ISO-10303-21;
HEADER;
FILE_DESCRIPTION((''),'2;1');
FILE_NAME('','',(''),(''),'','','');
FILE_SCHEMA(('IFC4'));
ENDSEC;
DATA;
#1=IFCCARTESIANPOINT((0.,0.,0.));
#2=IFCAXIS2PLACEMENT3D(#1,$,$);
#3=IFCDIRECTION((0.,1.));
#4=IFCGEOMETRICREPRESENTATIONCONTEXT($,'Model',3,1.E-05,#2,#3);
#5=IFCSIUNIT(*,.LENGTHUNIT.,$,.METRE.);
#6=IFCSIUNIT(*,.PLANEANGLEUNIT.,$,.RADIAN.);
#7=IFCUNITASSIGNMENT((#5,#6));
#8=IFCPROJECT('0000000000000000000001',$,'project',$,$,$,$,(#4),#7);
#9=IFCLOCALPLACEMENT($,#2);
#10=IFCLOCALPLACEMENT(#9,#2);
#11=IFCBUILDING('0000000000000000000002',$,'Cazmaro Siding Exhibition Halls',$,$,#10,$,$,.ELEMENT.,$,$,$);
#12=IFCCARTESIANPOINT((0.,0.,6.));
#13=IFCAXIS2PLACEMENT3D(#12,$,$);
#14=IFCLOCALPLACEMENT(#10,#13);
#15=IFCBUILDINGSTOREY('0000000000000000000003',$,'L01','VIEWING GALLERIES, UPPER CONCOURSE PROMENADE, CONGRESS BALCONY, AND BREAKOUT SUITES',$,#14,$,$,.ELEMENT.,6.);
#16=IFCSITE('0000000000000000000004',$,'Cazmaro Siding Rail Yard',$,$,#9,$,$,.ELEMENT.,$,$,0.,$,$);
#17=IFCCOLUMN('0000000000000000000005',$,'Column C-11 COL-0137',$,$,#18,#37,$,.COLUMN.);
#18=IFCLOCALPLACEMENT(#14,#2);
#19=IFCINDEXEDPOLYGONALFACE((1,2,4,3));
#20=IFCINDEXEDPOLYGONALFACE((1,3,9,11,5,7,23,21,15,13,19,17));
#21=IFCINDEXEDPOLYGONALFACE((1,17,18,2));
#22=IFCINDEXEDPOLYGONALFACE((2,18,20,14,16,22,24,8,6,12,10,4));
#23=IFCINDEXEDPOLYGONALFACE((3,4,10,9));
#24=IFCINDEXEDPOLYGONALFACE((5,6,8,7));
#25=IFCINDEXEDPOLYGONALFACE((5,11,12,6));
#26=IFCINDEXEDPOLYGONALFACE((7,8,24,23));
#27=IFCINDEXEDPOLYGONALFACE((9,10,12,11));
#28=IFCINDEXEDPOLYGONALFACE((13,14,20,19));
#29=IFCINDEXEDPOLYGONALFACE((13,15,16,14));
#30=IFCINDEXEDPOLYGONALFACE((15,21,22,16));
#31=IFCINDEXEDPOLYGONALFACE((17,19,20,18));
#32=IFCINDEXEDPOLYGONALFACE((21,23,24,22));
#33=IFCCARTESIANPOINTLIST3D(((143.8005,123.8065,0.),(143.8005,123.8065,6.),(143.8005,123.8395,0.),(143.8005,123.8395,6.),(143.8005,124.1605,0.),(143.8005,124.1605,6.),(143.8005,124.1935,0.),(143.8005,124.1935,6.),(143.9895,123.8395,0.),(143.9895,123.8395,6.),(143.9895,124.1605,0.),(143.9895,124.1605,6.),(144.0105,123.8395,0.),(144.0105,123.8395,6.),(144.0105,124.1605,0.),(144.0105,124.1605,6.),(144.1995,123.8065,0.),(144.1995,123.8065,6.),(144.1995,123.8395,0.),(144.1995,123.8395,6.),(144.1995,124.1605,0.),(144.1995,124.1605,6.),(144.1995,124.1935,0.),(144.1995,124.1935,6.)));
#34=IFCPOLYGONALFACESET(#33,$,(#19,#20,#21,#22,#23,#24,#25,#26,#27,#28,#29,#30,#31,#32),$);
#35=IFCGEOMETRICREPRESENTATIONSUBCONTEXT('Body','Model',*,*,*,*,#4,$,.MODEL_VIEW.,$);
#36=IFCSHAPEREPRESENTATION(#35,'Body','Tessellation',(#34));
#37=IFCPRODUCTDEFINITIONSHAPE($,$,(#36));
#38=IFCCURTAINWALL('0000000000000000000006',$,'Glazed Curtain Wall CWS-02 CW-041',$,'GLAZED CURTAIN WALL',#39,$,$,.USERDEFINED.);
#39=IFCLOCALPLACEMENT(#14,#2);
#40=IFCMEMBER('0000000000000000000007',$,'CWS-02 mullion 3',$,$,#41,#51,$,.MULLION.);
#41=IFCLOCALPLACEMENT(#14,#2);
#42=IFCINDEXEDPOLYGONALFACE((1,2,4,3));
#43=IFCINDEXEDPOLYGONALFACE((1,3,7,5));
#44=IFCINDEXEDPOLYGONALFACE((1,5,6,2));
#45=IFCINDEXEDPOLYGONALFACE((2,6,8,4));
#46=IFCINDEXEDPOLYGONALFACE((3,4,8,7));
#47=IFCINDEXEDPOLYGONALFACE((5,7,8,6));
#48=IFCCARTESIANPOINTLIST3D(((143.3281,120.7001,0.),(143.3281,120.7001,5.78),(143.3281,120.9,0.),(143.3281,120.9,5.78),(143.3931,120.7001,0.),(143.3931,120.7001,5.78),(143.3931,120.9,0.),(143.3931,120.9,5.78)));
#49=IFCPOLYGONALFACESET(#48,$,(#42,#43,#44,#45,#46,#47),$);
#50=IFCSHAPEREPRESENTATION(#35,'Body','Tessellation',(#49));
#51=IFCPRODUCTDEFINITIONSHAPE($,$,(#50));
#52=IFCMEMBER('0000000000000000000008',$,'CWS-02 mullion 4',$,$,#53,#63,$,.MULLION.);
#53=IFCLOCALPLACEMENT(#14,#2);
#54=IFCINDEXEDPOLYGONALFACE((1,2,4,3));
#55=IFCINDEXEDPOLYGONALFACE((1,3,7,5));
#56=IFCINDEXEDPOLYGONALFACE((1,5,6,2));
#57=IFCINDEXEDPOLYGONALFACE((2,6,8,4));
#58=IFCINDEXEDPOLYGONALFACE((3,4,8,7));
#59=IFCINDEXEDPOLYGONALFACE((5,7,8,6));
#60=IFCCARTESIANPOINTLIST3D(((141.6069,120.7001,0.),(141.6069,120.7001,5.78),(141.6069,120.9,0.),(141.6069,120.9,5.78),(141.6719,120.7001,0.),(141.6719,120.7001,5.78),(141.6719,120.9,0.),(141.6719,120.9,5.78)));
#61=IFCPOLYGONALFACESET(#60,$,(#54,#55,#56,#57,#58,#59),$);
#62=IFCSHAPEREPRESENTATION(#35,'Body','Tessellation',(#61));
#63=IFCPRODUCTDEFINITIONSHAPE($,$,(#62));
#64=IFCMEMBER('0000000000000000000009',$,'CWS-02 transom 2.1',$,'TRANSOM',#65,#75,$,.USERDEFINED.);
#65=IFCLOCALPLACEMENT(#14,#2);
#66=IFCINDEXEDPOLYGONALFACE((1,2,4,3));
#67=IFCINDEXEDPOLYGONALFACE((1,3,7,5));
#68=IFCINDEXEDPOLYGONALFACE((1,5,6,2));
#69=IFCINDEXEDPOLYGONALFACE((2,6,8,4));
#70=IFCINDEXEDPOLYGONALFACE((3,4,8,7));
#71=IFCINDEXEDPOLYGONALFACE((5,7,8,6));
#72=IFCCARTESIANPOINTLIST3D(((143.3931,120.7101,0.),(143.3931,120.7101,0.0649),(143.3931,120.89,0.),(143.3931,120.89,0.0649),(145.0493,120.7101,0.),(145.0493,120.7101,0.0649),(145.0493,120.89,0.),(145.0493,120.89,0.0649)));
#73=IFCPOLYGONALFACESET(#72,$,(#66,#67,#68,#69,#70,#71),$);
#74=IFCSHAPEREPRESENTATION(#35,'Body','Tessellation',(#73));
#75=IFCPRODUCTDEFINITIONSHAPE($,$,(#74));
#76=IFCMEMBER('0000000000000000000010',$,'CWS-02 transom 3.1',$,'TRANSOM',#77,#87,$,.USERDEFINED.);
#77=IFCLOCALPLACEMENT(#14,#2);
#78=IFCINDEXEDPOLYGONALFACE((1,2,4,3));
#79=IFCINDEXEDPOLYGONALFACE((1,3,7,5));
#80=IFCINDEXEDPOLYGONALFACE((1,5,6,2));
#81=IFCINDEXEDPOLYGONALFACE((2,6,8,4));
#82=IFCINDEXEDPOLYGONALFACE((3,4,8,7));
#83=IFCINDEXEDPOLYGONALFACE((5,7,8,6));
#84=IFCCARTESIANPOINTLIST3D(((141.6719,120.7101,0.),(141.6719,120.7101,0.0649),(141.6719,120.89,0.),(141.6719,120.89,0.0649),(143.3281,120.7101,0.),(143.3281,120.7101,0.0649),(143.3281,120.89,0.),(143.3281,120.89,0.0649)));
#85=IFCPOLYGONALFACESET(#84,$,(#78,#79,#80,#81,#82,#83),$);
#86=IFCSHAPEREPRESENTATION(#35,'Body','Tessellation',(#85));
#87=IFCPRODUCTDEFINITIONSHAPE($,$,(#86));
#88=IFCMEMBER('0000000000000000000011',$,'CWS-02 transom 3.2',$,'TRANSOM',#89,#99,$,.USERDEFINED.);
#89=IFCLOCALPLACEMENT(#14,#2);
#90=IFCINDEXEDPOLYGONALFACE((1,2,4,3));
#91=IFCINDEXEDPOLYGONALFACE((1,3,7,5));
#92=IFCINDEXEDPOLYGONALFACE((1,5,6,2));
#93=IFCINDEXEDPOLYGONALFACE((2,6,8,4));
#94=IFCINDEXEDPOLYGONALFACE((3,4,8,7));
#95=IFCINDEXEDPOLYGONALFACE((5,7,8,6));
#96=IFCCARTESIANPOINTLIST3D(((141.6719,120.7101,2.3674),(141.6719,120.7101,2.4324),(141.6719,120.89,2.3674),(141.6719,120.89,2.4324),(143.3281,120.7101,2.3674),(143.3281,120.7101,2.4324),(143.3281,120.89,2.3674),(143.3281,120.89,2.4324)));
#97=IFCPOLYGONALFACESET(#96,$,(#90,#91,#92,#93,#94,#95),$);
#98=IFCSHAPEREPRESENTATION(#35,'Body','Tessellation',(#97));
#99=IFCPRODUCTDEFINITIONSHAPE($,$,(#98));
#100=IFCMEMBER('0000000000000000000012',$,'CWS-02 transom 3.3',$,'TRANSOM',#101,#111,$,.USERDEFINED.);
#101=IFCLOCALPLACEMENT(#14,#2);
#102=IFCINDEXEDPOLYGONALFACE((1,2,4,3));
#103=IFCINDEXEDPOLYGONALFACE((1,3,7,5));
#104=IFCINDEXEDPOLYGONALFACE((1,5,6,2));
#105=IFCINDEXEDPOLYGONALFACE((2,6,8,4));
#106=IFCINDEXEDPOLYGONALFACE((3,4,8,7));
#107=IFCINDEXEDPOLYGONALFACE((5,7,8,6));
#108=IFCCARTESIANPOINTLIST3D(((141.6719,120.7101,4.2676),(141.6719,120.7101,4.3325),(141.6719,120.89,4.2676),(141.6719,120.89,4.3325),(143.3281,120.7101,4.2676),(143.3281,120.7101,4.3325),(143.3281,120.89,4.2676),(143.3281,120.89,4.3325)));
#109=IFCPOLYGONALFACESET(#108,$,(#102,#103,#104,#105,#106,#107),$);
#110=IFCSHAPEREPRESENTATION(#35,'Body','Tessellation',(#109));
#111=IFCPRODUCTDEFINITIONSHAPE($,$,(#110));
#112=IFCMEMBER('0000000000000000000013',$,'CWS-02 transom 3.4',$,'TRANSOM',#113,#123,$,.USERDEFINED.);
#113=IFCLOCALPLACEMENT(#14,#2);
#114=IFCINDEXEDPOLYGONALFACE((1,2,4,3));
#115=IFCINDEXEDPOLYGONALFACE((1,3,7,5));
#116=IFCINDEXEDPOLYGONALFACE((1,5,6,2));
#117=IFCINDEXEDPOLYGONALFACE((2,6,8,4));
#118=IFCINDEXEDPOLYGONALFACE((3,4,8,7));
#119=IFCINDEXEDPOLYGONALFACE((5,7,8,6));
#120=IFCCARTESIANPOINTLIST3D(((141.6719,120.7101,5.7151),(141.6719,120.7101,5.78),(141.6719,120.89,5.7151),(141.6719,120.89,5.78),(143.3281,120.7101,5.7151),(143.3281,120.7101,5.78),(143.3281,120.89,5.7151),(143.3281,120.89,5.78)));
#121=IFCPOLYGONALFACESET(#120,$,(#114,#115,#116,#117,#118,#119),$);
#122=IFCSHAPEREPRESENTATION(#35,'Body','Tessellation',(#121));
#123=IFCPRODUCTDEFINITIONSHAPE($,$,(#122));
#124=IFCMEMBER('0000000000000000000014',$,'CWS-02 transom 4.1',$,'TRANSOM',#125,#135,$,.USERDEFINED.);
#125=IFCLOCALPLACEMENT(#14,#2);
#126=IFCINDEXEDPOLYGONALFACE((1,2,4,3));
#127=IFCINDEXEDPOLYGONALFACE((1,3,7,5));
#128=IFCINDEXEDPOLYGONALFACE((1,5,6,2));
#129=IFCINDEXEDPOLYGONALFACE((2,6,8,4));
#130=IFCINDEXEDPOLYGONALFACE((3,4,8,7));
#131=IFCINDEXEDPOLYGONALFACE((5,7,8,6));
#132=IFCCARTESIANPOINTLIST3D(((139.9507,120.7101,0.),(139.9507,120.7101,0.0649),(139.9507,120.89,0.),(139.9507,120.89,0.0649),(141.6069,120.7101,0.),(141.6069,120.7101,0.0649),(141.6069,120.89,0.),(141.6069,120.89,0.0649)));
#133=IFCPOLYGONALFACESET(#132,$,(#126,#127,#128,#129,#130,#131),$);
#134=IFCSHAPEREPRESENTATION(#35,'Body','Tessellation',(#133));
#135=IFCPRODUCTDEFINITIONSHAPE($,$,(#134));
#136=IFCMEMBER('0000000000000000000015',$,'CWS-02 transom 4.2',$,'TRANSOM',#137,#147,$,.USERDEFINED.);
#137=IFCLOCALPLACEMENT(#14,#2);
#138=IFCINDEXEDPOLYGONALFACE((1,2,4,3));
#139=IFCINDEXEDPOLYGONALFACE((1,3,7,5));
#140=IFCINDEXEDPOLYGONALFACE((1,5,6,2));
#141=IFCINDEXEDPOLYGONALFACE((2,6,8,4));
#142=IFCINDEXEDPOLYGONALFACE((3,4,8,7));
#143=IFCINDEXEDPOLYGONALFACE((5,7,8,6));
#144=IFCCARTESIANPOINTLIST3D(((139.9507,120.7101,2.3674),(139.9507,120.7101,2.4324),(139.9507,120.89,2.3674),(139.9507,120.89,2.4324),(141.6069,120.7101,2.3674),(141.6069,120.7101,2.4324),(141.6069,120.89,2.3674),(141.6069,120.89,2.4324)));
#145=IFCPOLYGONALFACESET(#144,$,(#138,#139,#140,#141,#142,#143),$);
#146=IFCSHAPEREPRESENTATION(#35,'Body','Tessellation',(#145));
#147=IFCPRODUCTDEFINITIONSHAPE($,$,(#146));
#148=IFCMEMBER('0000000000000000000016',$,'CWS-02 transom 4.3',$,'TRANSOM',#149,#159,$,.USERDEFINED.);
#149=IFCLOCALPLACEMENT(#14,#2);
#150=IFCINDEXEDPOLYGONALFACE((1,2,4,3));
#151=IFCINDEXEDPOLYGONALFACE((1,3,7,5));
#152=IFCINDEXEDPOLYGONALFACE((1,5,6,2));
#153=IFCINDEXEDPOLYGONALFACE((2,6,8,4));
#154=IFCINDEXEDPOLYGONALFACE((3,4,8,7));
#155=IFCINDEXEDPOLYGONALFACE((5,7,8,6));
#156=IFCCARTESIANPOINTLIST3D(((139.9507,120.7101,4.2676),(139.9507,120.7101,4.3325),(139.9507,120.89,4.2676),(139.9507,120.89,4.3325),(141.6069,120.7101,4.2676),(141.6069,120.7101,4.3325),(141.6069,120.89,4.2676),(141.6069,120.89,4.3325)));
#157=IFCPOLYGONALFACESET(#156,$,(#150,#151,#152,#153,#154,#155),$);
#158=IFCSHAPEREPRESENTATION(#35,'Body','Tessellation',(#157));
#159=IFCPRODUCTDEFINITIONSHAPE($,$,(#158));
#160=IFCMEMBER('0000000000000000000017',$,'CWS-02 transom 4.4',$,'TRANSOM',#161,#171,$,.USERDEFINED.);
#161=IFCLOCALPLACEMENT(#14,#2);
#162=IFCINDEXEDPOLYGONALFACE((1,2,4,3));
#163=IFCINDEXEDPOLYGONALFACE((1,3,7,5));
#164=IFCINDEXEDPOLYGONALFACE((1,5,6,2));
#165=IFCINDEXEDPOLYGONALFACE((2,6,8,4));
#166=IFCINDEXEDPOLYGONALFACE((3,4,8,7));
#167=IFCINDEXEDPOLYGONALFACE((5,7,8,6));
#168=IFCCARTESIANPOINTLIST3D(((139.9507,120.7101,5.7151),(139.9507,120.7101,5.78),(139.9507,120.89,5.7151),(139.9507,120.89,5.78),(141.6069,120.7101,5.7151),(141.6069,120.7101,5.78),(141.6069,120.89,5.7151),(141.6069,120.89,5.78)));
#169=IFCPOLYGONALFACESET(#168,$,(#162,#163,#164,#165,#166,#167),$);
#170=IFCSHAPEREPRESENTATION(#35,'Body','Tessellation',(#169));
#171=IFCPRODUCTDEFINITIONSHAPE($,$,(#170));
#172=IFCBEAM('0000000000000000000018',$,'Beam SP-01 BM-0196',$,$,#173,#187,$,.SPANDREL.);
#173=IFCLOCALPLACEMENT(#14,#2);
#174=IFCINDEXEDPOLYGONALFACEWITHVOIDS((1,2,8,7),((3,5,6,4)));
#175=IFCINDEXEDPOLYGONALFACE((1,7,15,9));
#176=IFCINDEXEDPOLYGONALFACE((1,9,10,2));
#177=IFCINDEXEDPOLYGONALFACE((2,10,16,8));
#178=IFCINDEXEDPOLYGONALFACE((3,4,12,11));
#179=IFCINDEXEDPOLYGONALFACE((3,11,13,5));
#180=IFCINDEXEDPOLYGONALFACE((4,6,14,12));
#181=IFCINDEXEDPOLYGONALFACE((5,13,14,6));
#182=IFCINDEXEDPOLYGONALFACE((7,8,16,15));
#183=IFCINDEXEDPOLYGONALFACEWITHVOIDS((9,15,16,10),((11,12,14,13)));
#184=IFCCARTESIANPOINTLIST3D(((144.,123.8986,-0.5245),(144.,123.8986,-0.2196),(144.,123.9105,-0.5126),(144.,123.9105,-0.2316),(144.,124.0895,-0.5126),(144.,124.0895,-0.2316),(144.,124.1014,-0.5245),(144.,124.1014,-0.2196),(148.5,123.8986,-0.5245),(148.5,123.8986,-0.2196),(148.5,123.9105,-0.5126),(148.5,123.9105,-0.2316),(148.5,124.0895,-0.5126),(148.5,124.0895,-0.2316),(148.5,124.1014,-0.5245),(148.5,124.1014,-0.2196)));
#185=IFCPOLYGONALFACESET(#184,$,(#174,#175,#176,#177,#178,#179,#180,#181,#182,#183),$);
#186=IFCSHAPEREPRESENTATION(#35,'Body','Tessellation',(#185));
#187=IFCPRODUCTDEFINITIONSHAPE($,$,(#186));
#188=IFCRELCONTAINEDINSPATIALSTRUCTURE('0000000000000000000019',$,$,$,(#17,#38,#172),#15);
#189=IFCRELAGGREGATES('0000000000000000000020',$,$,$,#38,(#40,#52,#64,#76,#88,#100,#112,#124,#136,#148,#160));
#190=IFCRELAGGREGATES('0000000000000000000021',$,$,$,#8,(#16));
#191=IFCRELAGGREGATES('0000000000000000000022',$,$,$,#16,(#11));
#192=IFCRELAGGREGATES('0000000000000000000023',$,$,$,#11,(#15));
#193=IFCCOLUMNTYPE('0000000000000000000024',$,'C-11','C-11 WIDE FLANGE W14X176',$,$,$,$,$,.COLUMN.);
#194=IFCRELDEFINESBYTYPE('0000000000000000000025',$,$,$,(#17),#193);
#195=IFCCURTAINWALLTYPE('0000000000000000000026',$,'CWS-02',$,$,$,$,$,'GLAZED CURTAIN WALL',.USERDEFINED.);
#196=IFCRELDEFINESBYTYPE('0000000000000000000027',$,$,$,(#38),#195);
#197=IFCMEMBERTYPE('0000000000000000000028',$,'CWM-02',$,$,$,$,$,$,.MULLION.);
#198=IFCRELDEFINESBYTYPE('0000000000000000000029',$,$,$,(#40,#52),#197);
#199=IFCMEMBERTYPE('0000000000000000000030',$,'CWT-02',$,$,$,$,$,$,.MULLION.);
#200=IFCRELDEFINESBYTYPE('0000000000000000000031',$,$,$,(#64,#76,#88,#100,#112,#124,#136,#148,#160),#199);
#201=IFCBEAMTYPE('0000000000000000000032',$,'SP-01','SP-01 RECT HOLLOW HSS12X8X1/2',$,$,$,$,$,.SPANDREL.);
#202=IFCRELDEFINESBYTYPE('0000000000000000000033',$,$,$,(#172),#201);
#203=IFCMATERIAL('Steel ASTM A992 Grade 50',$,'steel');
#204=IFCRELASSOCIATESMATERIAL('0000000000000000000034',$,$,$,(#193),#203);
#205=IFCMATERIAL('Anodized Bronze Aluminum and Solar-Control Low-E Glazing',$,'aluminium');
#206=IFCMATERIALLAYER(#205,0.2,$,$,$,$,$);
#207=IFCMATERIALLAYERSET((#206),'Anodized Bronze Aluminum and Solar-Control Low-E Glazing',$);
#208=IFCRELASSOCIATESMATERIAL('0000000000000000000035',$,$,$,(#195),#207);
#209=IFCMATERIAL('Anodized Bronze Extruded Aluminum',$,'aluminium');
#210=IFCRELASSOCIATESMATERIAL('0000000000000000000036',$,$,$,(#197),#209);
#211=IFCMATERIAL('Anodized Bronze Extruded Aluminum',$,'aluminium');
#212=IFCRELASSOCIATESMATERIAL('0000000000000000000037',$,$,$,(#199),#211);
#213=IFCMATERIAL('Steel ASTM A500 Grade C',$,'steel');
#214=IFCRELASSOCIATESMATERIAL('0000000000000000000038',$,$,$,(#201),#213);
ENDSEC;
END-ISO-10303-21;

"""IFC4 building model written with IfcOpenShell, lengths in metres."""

from ifc_helpers import new_model, si_unit, direction, frame, origin, origin_2d, place, context, subcontext, project, spatial, rectangle, hollow_rectangle, i_section, extrude, material, layer, layer_set, material_profile, profile_set, type_object, element, aggregate, save


model = new_model("IFC4")

# Units and contexts
model_context = context("Model", 3, precision=1e-05, world=origin(), true_north=direction((0.0, 1.0)))
body_context = subcontext(model_context, "Body", "Model", "MODEL_VIEW")
ifc_project = project(units=[si_unit("LENGTHUNIT", "METRE"), si_unit("PLANEANGLEUNIT", "RADIAN")], contexts=[model_context])

# Site, building, storey
site_placement = place(None, origin())
site = spatial("IfcSite", under=ifc_project, at=site_placement, Name="Cazmaro Siding Rail Yard", CompositionType="ELEMENT", RefElevation=0.0)
building_placement = place(site_placement, origin())
building = spatial("IfcBuilding", under=site, at=building_placement, Name="Cazmaro Siding Exhibition Halls", CompositionType="ELEMENT")
storey_placement = place(building_placement, frame((0.0, 0.0, 6.0)))
storey = spatial("IfcBuildingStorey", under=building, at=storey_placement, Name="L01", Description="VIEWING GALLERIES, UPPER CONCOURSE PROMENADE, CONGRESS BALCONY, AND BREAKOUT SUITES", CompositionType="ELEMENT", Elevation=6.0)

# Column
ifc_material_1 = material(Name="Steel ASTM A992 Grade 50", Category="steel")
ifc_material_profile_1 = material_profile(ifc_material_1, i_section(OverallWidth=0.3989, OverallDepth=0.387, WebThickness=0.021, FlangeThickness=0.033, at=origin_2d()), Name="W14X176")
ifc_profile_set_1 = profile_set([ifc_material_profile_1], Name="Steel ASTM A992 Grade 50")
column_type = type_object("IfcColumnType", Name="C-11", Description="C-11 WIDE FLANGE W14X176", PredefinedType="COLUMN", material=ifc_profile_set_1)
column_placement = place(storey_placement, frame((144.0, 124.0, 0.0), z_axis=(0.0, 0.0, 1.0), x_axis=(1.0, 0.0, 0.0)))
element("IfcColumn", 1, at=column_placement, inside=storey, type_object=column_type, Name="Column C-11 COL-0137", PredefinedType="COLUMN", context=body_context, shape_type="SweptSolid", body=[
    extrude(i_section(OverallWidth=0.3989, OverallDepth=0.387, WebThickness=0.021, FlangeThickness=0.033, at=origin_2d()), origin(), (0.0, 0.0, 1.0), 6.0),
])

# Curtain wall, members
ifc_material_2 = material(Name="Anodized Bronze Aluminum and Solar-Control Low-E Glazing", Category="aluminium")
ifc_layer_1 = layer(ifc_material_2, 0.2)
ifc_layer_set_1 = layer_set([ifc_layer_1], Name="Anodized Bronze Aluminum and Solar-Control Low-E Glazing")
curtain_wall_type = type_object("IfcCurtainWallType", Name="CWS-02", ElementType="GLAZED CURTAIN WALL", PredefinedType="USERDEFINED", material=ifc_layer_set_1)
curtain_wall_placement = place(storey_placement, origin())
curtain_wall = element("IfcCurtainWall", 2, at=curtain_wall_placement, inside=storey, type_object=curtain_wall_type, Name="Glazed Curtain Wall CWS-02 CW-041", ObjectType="GLAZED CURTAIN WALL", PredefinedType="USERDEFINED")
ifc_material_3 = material(Name="Anodized Bronze Extruded Aluminum", Category="aluminium")
ifc_material_profile_2 = material_profile(ifc_material_3, rectangle(XDim=0.2, YDim=0.0649, at=origin_2d()), Name="CWM-02")
ifc_profile_set_2 = profile_set([ifc_material_profile_2], Name="Anodized Bronze Extruded Aluminum")
member_type_1 = type_object("IfcMemberType", Name="CWM-02", PredefinedType="MULLION", material=ifc_profile_set_2)
member_1_placement = place(storey_placement, frame((143.3606, 120.8, 0.0), z_axis=(0.0, 0.0, 1.0), x_axis=(0.0, -1.0, 0.0)))
member_1 = element("IfcMember", 3, at=member_1_placement, type_object=member_type_1, Name="CWS-02 mullion 3", PredefinedType="MULLION", context=body_context, shape_type="SweptSolid", body=[
    extrude(rectangle(XDim=0.2, YDim=0.0649, at=origin_2d()), origin(), (0.0, 0.0, 1.0), 5.78),
])
member_2_placement = place(storey_placement, frame((141.6394, 120.8, 0.0), z_axis=(0.0, 0.0, 1.0), x_axis=(0.0, -1.0, 0.0)))
member_2 = element("IfcMember", 4, at=member_2_placement, type_object=member_type_1, Name="CWS-02 mullion 4", PredefinedType="MULLION", context=body_context, shape_type="SweptSolid", body=[
    extrude(rectangle(XDim=0.2, YDim=0.0649, at=origin_2d()), origin(), (0.0, 0.0, 1.0), 5.78),
])
ifc_material_4 = material(Name="Anodized Bronze Extruded Aluminum", Category="aluminium")
ifc_material_profile_3 = material_profile(ifc_material_4, rectangle(XDim=0.1799, YDim=0.0649, at=origin_2d()), Name="CWT-02")
ifc_profile_set_3 = profile_set([ifc_material_profile_3], Name="Anodized Bronze Extruded Aluminum")
member_type_2 = type_object("IfcMemberType", Name="CWT-02", PredefinedType="MULLION", material=ifc_profile_set_3)
member_3_placement = place(storey_placement, frame((145.0493, 120.8, 0.0325), z_axis=(-1.0, 0.0, 0.0), x_axis=(0.0, -1.0, 0.0)))
member_3 = element("IfcMember", 5, at=member_3_placement, type_object=member_type_2, Name="CWS-02 transom 2.1", ObjectType="TRANSOM", PredefinedType="USERDEFINED", context=body_context, shape_type="SweptSolid", body=[
    extrude(rectangle(XDim=0.1799, YDim=0.0649, at=origin_2d()), origin(), (0.0, 0.0, 1.0), 1.6562),
])
member_4_placement = place(storey_placement, frame((143.3281, 120.8, 0.0325), z_axis=(-1.0, 0.0, 0.0), x_axis=(0.0, -1.0, 0.0)))
member_4 = element("IfcMember", 6, at=member_4_placement, type_object=member_type_2, Name="CWS-02 transom 3.1", ObjectType="TRANSOM", PredefinedType="USERDEFINED", context=body_context, shape_type="SweptSolid", body=[
    extrude(rectangle(XDim=0.1799, YDim=0.0649, at=origin_2d()), origin(), (0.0, 0.0, 1.0), 1.6562),
])
member_5_placement = place(storey_placement, frame((143.3281, 120.8, 2.3999), z_axis=(-1.0, 0.0, 0.0), x_axis=(0.0, -1.0, 0.0)))
member_5 = element("IfcMember", 7, at=member_5_placement, type_object=member_type_2, Name="CWS-02 transom 3.2", ObjectType="TRANSOM", PredefinedType="USERDEFINED", context=body_context, shape_type="SweptSolid", body=[
    extrude(rectangle(XDim=0.1799, YDim=0.0649, at=origin_2d()), origin(), (0.0, 0.0, 1.0), 1.6562),
])
member_6_placement = place(storey_placement, frame((143.3281, 120.8, 4.3), z_axis=(-1.0, 0.0, 0.0), x_axis=(0.0, -1.0, 0.0)))
member_6 = element("IfcMember", 8, at=member_6_placement, type_object=member_type_2, Name="CWS-02 transom 3.3", ObjectType="TRANSOM", PredefinedType="USERDEFINED", context=body_context, shape_type="SweptSolid", body=[
    extrude(rectangle(XDim=0.1799, YDim=0.0649, at=origin_2d()), origin(), (0.0, 0.0, 1.0), 1.6562),
])
member_7_placement = place(storey_placement, frame((143.3281, 120.8, 5.7476), z_axis=(-1.0, 0.0, 0.0), x_axis=(0.0, -1.0, 0.0)))
member_7 = element("IfcMember", 9, at=member_7_placement, type_object=member_type_2, Name="CWS-02 transom 3.4", ObjectType="TRANSOM", PredefinedType="USERDEFINED", context=body_context, shape_type="SweptSolid", body=[
    extrude(rectangle(XDim=0.1799, YDim=0.0649, at=origin_2d()), origin(), (0.0, 0.0, 1.0), 1.6562),
])
member_8_placement = place(storey_placement, frame((141.6069, 120.8, 0.0325), z_axis=(-1.0, 0.0, 0.0), x_axis=(0.0, -1.0, 0.0)))
member_8 = element("IfcMember", 10, at=member_8_placement, type_object=member_type_2, Name="CWS-02 transom 4.1", ObjectType="TRANSOM", PredefinedType="USERDEFINED", context=body_context, shape_type="SweptSolid", body=[
    extrude(rectangle(XDim=0.1799, YDim=0.0649, at=origin_2d()), origin(), (0.0, 0.0, 1.0), 1.6562),
])
member_9_placement = place(storey_placement, frame((141.6069, 120.8, 2.3999), z_axis=(-1.0, 0.0, 0.0), x_axis=(0.0, -1.0, 0.0)))
member_9 = element("IfcMember", 11, at=member_9_placement, type_object=member_type_2, Name="CWS-02 transom 4.2", ObjectType="TRANSOM", PredefinedType="USERDEFINED", context=body_context, shape_type="SweptSolid", body=[
    extrude(rectangle(XDim=0.1799, YDim=0.0649, at=origin_2d()), origin(), (0.0, 0.0, 1.0), 1.6562),
])
member_10_placement = place(storey_placement, frame((141.6069, 120.8, 4.3), z_axis=(-1.0, 0.0, 0.0), x_axis=(0.0, -1.0, 0.0)))
member_10 = element("IfcMember", 12, at=member_10_placement, type_object=member_type_2, Name="CWS-02 transom 4.3", ObjectType="TRANSOM", PredefinedType="USERDEFINED", context=body_context, shape_type="SweptSolid", body=[
    extrude(rectangle(XDim=0.1799, YDim=0.0649, at=origin_2d()), origin(), (0.0, 0.0, 1.0), 1.6562),
])
member_11_placement = place(storey_placement, frame((141.6069, 120.8, 5.7476), z_axis=(-1.0, 0.0, 0.0), x_axis=(0.0, -1.0, 0.0)))
member_11 = element("IfcMember", 13, at=member_11_placement, type_object=member_type_2, Name="CWS-02 transom 4.4", ObjectType="TRANSOM", PredefinedType="USERDEFINED", context=body_context, shape_type="SweptSolid", body=[
    extrude(rectangle(XDim=0.1799, YDim=0.0649, at=origin_2d()), origin(), (0.0, 0.0, 1.0), 1.6562),
])

# Beam
ifc_material_5 = material(Name="Steel ASTM A500 Grade C", Category="steel")
ifc_material_profile_4 = material_profile(ifc_material_5, hollow_rectangle(XDim=0.2029, YDim=0.3049, WallThickness=0.012, at=origin_2d()), Name="HSS12X8X1/2")
ifc_profile_set_4 = profile_set([ifc_material_profile_4], Name="Steel ASTM A500 Grade C")
beam_type = type_object("IfcBeamType", Name="SP-01", Description="SP-01 RECT HOLLOW HSS12X8X1/2", PredefinedType="SPANDREL", material=ifc_profile_set_4)
beam_placement = place(storey_placement, frame((144.0, 124.0, -0.3721), z_axis=(1.0, 0.0, 0.0), x_axis=(0.0, 1.0, 0.0)))
element("IfcBeam", 14, at=beam_placement, inside=storey, type_object=beam_type, Name="Beam SP-01 BM-0196", PredefinedType="SPANDREL", context=body_context, shape_type="SweptSolid", body=[
    extrude(hollow_rectangle(XDim=0.2029, YDim=0.3049, WallThickness=0.012, at=origin_2d()), origin(), (0.0, 0.0, 1.0), 4.5),
])

aggregate(curtain_wall, [member_1, member_2, member_3, member_4, member_5, member_6, member_7, member_8, member_9, member_10, member_11])

save(model, "model.ifc")
